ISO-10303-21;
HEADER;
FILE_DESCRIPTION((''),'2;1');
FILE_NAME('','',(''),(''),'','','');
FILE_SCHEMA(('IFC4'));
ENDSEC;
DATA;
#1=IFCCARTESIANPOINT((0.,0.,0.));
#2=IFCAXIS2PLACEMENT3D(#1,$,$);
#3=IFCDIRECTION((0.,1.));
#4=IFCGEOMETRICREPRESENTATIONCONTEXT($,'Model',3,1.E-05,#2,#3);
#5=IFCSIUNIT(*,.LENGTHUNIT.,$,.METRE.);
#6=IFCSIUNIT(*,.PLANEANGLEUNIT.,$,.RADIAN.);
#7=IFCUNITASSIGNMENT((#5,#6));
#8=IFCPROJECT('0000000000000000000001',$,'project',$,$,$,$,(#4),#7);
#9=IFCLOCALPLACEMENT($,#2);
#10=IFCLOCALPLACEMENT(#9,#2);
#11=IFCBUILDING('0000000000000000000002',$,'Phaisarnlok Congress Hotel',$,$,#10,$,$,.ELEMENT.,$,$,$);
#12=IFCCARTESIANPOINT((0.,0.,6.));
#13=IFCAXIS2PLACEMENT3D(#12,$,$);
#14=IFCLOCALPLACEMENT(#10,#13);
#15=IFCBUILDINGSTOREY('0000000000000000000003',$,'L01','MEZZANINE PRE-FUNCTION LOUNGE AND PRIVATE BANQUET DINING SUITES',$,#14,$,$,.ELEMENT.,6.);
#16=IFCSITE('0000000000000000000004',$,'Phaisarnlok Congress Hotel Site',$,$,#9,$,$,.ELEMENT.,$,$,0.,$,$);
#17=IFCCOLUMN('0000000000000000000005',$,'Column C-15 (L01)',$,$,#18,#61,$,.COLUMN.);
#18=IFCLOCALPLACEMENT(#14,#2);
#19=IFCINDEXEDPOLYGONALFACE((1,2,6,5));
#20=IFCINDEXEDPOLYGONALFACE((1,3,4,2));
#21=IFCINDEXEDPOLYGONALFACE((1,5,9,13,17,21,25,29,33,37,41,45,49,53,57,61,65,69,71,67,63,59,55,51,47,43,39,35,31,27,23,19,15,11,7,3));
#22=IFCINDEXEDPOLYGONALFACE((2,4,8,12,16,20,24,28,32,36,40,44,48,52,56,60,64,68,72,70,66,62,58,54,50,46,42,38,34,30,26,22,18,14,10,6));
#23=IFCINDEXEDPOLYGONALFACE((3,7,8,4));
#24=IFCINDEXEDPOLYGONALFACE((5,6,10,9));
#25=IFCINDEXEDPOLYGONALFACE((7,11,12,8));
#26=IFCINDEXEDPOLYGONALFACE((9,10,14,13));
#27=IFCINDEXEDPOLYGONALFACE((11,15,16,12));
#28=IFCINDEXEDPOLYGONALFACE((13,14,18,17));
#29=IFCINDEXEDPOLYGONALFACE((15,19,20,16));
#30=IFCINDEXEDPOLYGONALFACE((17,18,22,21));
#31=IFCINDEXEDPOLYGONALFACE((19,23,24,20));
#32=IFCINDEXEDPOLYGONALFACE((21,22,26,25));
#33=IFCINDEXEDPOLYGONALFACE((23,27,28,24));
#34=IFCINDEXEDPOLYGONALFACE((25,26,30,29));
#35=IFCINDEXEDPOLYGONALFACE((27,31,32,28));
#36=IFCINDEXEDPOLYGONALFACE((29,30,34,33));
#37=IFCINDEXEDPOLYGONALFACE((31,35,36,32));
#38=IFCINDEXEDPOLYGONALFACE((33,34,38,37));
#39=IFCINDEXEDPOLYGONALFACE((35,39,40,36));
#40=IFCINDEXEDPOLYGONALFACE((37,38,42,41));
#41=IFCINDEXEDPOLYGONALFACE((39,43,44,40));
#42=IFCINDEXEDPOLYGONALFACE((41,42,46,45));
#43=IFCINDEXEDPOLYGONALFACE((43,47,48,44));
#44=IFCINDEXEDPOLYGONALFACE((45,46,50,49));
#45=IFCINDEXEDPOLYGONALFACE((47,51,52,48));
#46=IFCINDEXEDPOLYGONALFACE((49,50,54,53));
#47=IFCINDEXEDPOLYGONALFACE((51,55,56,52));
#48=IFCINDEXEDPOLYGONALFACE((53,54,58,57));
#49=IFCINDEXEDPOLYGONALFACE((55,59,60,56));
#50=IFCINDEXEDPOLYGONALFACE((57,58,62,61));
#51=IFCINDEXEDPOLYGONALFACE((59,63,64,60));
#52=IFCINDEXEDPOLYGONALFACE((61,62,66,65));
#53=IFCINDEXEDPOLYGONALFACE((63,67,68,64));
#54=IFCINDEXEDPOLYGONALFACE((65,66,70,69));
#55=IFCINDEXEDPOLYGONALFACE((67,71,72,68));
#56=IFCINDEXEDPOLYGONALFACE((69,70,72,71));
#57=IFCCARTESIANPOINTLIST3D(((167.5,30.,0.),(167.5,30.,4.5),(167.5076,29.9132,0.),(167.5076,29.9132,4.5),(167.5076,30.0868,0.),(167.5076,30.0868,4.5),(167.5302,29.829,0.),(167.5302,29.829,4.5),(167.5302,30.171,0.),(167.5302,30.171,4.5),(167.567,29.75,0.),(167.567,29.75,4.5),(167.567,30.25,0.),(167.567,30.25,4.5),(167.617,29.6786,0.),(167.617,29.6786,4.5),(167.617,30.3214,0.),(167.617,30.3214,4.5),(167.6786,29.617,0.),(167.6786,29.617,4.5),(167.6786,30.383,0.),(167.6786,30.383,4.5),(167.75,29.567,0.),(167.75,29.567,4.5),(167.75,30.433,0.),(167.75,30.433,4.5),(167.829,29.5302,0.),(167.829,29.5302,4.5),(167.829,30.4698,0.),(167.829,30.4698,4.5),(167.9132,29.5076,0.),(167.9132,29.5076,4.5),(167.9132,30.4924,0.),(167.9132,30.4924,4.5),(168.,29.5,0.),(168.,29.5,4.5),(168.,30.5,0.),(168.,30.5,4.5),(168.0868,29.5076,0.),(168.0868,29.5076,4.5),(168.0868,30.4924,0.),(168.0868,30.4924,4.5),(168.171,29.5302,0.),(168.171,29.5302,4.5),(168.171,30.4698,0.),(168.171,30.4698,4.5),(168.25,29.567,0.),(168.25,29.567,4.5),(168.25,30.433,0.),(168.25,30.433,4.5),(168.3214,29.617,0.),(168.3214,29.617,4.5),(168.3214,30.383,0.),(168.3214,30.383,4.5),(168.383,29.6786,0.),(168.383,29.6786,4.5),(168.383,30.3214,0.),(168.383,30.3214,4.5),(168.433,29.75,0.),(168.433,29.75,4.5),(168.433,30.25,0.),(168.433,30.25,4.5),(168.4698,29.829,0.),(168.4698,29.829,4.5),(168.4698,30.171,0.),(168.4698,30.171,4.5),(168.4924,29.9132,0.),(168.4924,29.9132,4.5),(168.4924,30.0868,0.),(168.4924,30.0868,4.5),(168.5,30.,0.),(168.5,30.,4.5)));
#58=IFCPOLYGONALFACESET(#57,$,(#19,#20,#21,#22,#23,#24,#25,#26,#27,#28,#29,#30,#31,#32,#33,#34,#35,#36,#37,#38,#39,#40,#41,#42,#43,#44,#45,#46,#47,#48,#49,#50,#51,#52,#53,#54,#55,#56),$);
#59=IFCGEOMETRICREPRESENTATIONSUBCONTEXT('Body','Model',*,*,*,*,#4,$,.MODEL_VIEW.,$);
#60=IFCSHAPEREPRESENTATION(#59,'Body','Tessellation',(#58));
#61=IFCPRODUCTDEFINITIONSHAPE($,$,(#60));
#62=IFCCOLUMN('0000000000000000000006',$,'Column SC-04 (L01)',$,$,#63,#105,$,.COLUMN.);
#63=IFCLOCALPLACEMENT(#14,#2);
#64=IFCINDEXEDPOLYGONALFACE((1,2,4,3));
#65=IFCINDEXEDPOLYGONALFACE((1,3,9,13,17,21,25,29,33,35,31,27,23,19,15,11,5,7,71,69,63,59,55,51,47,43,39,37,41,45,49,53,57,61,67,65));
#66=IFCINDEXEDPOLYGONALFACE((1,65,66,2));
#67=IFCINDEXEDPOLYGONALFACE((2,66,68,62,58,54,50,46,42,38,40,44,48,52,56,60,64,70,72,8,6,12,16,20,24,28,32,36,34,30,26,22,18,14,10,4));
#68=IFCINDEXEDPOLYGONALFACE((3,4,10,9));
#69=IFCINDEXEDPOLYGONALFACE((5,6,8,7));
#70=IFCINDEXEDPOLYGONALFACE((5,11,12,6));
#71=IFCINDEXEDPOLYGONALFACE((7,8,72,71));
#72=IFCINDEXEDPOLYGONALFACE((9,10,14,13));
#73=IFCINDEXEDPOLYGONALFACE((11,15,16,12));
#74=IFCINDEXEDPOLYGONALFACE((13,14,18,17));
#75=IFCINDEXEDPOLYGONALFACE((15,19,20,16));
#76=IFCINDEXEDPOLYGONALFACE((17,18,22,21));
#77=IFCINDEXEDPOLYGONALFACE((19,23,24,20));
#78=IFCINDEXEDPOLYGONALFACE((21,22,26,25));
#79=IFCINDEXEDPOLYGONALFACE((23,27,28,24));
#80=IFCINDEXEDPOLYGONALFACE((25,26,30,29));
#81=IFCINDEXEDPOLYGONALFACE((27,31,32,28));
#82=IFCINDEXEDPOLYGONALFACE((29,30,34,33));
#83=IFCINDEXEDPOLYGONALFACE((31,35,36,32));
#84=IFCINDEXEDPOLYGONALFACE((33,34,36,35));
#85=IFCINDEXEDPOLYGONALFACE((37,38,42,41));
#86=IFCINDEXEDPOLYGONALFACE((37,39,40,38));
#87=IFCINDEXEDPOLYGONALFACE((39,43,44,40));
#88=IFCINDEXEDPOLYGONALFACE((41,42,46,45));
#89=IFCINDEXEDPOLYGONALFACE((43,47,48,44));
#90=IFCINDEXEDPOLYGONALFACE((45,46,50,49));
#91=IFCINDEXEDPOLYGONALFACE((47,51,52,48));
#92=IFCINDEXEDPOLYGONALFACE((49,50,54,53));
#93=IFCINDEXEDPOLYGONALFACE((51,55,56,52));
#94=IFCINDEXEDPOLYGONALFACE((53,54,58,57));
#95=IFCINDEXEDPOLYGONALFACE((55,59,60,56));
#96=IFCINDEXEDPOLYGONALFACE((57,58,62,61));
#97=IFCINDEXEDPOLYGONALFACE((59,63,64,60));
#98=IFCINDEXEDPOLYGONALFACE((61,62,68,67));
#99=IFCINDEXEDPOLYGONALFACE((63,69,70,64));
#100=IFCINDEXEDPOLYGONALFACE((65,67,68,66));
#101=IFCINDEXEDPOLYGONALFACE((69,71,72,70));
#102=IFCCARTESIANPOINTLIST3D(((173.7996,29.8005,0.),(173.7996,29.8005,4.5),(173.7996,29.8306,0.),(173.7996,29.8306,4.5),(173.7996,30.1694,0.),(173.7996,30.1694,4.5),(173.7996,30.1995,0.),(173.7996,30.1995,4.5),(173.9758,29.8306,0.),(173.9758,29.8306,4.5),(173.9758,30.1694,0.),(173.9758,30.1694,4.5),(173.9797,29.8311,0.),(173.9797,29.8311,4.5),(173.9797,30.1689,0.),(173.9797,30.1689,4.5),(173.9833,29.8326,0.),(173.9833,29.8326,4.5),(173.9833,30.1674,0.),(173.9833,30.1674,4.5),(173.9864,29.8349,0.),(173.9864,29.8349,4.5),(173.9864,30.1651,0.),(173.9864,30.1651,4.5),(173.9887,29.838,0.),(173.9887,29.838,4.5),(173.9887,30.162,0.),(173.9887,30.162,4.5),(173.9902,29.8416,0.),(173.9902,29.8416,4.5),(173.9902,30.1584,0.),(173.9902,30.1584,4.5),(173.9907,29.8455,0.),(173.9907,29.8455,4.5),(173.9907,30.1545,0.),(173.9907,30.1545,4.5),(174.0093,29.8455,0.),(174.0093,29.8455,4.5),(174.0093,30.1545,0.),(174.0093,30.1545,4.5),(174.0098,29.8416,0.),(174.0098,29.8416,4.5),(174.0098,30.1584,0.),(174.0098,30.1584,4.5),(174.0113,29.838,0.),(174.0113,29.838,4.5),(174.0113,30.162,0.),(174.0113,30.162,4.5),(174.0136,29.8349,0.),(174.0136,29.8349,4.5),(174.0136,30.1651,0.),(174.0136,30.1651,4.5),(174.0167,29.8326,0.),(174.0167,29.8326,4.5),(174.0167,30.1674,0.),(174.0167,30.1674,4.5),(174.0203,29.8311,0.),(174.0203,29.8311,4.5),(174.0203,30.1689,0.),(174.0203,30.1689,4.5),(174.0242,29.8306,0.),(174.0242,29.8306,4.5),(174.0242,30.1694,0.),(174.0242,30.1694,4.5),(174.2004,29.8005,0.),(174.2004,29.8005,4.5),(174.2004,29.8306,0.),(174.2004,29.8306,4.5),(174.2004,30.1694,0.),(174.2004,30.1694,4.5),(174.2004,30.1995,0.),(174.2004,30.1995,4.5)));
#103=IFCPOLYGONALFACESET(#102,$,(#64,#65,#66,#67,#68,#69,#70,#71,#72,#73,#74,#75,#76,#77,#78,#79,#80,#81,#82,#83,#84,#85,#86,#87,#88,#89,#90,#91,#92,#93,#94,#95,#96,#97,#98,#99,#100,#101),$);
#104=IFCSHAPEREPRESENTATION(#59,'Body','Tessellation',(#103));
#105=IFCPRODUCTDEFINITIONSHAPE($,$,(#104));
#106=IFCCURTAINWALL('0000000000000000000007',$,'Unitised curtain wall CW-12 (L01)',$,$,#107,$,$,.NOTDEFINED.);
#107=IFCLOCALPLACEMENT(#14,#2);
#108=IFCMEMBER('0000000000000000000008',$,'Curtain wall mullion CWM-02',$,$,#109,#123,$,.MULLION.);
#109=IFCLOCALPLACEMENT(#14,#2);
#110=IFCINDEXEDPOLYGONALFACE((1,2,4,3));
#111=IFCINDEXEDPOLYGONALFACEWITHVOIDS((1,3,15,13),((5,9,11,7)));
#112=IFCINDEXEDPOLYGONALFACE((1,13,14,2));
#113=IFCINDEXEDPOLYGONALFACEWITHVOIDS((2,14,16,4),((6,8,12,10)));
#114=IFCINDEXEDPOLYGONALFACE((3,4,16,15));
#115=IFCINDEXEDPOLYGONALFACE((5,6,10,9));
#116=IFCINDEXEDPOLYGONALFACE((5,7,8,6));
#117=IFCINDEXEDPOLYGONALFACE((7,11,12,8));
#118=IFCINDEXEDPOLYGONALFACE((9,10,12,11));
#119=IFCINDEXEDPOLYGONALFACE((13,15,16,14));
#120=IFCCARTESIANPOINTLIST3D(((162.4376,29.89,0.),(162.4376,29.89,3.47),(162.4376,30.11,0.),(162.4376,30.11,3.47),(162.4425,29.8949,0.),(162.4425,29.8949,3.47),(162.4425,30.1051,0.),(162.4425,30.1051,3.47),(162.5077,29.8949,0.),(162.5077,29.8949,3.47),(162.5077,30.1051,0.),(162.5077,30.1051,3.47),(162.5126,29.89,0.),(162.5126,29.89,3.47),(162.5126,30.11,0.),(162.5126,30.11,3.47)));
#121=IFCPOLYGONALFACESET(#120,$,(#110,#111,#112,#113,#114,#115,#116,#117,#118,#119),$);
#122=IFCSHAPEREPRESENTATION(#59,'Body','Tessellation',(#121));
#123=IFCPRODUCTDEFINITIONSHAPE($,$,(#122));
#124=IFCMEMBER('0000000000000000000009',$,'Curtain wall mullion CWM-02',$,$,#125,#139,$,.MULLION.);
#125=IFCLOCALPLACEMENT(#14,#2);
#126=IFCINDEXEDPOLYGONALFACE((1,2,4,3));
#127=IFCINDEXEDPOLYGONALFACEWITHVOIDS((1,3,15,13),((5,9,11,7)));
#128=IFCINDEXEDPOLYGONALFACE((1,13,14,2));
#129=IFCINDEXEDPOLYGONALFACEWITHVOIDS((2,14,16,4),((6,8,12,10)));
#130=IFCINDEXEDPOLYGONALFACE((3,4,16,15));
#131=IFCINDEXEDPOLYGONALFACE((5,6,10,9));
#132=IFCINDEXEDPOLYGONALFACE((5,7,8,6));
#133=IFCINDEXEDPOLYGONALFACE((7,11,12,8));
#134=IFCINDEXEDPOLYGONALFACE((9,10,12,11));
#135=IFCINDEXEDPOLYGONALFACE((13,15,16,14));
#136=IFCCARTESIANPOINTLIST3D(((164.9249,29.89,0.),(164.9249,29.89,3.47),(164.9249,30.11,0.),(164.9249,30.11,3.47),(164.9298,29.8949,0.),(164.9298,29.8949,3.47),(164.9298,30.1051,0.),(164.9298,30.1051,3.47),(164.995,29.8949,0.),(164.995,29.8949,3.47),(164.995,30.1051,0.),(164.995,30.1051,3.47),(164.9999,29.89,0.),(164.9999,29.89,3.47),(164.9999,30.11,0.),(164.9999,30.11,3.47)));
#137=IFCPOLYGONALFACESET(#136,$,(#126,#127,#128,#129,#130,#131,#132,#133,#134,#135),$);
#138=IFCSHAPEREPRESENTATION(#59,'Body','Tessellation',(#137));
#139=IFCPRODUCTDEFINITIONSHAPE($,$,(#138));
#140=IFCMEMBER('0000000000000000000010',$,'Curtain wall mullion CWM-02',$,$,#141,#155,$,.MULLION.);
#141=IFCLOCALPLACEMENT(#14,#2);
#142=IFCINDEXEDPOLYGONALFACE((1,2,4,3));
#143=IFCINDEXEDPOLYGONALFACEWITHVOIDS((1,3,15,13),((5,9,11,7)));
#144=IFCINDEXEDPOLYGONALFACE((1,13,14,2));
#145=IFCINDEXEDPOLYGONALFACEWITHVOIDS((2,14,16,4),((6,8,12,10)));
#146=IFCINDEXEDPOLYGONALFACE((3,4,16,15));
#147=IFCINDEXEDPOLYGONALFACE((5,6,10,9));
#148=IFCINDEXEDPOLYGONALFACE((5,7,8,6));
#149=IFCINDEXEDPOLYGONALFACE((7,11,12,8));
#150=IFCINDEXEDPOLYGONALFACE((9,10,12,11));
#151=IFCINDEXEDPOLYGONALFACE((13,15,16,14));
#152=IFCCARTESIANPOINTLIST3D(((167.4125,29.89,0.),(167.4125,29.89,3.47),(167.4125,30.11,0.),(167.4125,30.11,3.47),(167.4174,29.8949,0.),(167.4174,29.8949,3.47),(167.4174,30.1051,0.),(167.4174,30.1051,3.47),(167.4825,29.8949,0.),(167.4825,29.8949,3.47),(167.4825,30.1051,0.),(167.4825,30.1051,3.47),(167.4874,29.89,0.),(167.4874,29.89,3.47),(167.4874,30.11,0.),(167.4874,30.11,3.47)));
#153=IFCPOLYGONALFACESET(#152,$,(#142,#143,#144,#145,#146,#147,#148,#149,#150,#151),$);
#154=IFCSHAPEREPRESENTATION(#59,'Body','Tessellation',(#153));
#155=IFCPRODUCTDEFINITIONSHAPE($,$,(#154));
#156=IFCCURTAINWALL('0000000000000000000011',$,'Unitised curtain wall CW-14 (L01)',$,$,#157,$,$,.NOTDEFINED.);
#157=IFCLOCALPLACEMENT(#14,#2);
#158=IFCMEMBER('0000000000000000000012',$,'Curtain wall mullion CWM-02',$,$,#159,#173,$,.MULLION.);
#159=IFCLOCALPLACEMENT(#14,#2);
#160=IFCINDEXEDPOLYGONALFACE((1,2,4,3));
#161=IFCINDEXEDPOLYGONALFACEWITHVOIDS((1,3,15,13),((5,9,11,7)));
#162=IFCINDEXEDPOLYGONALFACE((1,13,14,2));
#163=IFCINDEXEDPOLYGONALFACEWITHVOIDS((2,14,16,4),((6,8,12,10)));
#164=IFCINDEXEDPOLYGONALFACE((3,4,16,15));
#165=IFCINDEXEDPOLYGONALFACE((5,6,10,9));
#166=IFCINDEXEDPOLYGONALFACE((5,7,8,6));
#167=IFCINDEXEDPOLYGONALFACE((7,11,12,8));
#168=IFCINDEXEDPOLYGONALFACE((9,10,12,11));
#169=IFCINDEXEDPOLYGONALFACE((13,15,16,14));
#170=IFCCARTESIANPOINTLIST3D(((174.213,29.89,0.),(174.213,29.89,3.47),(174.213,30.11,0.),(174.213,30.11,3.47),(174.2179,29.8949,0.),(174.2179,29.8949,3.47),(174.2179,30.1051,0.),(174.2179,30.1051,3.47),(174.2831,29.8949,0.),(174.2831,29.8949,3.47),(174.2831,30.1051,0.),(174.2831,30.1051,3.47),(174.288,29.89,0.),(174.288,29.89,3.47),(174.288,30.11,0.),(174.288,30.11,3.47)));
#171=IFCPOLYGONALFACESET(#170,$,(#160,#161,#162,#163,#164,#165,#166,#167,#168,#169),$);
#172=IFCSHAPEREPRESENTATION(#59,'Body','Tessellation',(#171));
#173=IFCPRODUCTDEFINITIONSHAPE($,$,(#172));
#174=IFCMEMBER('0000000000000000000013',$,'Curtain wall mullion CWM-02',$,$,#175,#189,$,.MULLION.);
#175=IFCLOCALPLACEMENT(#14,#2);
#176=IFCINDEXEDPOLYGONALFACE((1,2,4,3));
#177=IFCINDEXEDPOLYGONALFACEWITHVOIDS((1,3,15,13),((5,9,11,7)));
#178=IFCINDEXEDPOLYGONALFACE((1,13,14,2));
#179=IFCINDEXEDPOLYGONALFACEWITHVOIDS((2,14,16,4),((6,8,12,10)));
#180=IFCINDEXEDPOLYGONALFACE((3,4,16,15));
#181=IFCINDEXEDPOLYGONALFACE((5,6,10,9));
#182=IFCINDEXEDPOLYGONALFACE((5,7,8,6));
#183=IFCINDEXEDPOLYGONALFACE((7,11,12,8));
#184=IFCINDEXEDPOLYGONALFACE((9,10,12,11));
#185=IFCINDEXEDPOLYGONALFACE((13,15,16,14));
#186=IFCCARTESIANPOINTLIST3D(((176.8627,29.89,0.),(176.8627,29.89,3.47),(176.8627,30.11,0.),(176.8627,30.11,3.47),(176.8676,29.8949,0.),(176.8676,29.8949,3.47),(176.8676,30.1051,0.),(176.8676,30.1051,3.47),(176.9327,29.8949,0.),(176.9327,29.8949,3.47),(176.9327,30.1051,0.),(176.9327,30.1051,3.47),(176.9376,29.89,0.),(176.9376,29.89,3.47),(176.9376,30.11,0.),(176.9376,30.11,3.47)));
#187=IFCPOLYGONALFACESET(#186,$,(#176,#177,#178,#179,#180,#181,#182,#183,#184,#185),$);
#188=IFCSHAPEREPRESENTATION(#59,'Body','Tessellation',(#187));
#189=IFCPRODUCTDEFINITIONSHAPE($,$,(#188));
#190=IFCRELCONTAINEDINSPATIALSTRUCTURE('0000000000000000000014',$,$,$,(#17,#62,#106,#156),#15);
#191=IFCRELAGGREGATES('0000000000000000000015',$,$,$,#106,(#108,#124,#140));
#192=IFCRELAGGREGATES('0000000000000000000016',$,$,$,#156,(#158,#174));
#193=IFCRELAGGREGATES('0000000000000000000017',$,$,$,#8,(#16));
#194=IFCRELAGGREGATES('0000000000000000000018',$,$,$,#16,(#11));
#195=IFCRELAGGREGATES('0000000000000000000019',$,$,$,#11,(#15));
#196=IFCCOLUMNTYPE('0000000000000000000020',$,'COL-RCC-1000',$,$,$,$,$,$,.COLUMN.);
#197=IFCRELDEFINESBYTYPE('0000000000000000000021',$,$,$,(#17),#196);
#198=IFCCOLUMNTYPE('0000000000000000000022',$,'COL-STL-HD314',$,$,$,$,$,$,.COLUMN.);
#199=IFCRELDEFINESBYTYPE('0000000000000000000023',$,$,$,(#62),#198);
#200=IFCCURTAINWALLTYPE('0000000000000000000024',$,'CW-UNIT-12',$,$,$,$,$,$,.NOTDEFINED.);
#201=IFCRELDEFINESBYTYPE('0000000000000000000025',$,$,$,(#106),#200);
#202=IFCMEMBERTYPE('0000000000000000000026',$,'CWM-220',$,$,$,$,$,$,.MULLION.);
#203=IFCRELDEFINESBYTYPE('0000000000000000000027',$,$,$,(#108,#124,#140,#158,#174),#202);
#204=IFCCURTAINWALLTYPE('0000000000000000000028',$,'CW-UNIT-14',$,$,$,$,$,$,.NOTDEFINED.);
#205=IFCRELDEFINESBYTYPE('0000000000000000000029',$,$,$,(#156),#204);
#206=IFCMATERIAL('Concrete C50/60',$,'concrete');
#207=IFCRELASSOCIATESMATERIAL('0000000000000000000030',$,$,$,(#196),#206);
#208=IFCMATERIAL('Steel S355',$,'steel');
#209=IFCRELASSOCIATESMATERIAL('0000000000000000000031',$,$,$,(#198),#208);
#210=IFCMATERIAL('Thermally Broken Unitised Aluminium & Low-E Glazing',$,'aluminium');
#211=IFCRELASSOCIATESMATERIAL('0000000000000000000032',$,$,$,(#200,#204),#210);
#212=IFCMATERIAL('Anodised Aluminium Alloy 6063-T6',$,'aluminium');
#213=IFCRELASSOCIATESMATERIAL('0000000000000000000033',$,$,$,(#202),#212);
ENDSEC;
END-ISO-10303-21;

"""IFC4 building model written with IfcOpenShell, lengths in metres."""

from ifc_helpers import new_model, si_unit, direction, frame, origin, origin_2d, place, context, subcontext, project, spatial, hollow_rectangle, circle, i_section, extrude, material, material_profile, profile_set, type_object, element, aggregate, save


model = new_model("IFC4")

# Units and contexts
model_context = context("Model", 3, precision=1e-05, world=origin(), true_north=direction((0.0, 1.0)))
body_context = subcontext(model_context, "Body", "Model", "MODEL_VIEW")
ifc_project = project(units=[si_unit("LENGTHUNIT", "METRE"), si_unit("PLANEANGLEUNIT", "RADIAN")], contexts=[model_context])

# Site, building, storey
site_placement = place(None, origin())
site = spatial("IfcSite", under=ifc_project, at=site_placement, Name="Phaisarnlok Congress Hotel Site", CompositionType="ELEMENT", RefElevation=0.0)
building_placement = place(site_placement, origin())
building = spatial("IfcBuilding", under=site, at=building_placement, Name="Phaisarnlok Congress Hotel", CompositionType="ELEMENT")
storey_placement = place(building_placement, frame((0.0, 0.0, 6.0)))
storey = spatial("IfcBuildingStorey", under=building, at=storey_placement, Name="L01", Description="MEZZANINE PRE-FUNCTION LOUNGE AND PRIVATE BANQUET DINING SUITES", CompositionType="ELEMENT", Elevation=6.0)

# Columns
ifc_material_1 = material(Name="Concrete C50/60", Category="concrete")
ifc_material_profile_1 = material_profile(ifc_material_1, circle(Radius=0.5, at=origin_2d()), Name="RCC D1000")
ifc_profile_set_1 = profile_set([ifc_material_profile_1], Name="Concrete C50/60")
column_type_1 = type_object("IfcColumnType", Name="COL-RCC-1000", PredefinedType="COLUMN", material=ifc_profile_set_1)
column_1_placement = place(storey_placement, frame((168.0, 30.0, 0.0), z_axis=(0.0, 0.0, 1.0), x_axis=(1.0, 0.0, 0.0)))
element("IfcColumn", 1, at=column_1_placement, inside=storey, type_object=column_type_1, Name="Column C-15 (L01)", PredefinedType="COLUMN", context=body_context, shape_type="SweptSolid", body=[
    extrude(circle(Radius=0.5, at=origin_2d()), origin(), (0.0, 0.0, 1.0), 4.5),
])
ifc_material_2 = material(Name="Steel S355", Category="steel")
ifc_material_profile_2 = material_profile(ifc_material_2, i_section(OverallWidth=0.4009, OverallDepth=0.3989, WebThickness=0.0186, FlangeThickness=0.03, FilletRadius=0.0149, at=origin_2d()), Name="HD 400x314")
ifc_profile_set_2 = profile_set([ifc_material_profile_2], Name="Steel S355")
column_type_2 = type_object("IfcColumnType", Name="COL-STL-HD314", PredefinedType="COLUMN", material=ifc_profile_set_2)
column_2_placement = place(storey_placement, frame((174.0, 30.0, 0.0), z_axis=(0.0, 0.0, 1.0), x_axis=(1.0, 0.0, 0.0)))
element("IfcColumn", 2, at=column_2_placement, inside=storey, type_object=column_type_2, Name="Column SC-04 (L01)", PredefinedType="COLUMN", context=body_context, shape_type="SweptSolid", body=[
    extrude(i_section(OverallWidth=0.4009, OverallDepth=0.3989, WebThickness=0.0186, FlangeThickness=0.03, FilletRadius=0.0149, at=origin_2d()), origin(), (0.0, 0.0, 1.0), 4.5),
])

# Curtain walls, members
ifc_material_3 = material(Name="Thermally Broken Unitised Aluminium & Low-E Glazing", Category="aluminium")
curtain_wall_type_1 = type_object("IfcCurtainWallType", Name="CW-UNIT-12", PredefinedType="NOTDEFINED", material=ifc_material_3)
curtain_wall_1_placement = place(storey_placement, origin())
curtain_wall_1 = element("IfcCurtainWall", 3, at=curtain_wall_1_placement, inside=storey, type_object=curtain_wall_type_1, Name="Unitised curtain wall CW-12 (L01)", PredefinedType="NOTDEFINED")
ifc_material_4 = material(Name="Anodised Aluminium Alloy 6063-T6", Category="aluminium")
ifc_material_profile_3 = material_profile(ifc_material_4, hollow_rectangle(XDim=0.075, YDim=0.22, WallThickness=0.0049, at=origin_2d()), Name="ALU-M 75x220x5")
ifc_profile_set_3 = profile_set([ifc_material_profile_3], Name="Anodised Aluminium Alloy 6063-T6")
member_type_1 = type_object("IfcMemberType", Name="CWM-220", PredefinedType="MULLION", material=ifc_profile_set_3)
member_1_placement = place(storey_placement, frame((162.4751, 30.0, 0.0), z_axis=(0.0, 0.0, 1.0), x_axis=(1.0, 0.0, 0.0)))
member_1 = element("IfcMember", 4, at=member_1_placement, type_object=member_type_1, Name="Curtain wall mullion CWM-02", PredefinedType="MULLION", context=body_context, shape_type="SweptSolid", body=[
    extrude(hollow_rectangle(XDim=0.075, YDim=0.22, WallThickness=0.0049, at=origin_2d()), origin(), (0.0, 0.0, 1.0), 3.47),
])
member_2_placement = place(storey_placement, frame((164.9624, 30.0, 0.0), z_axis=(0.0, 0.0, 1.0), x_axis=(1.0, 0.0, 0.0)))
member_2 = element("IfcMember", 5, at=member_2_placement, type_object=member_type_1, Name="Curtain wall mullion CWM-02", PredefinedType="MULLION", context=body_context, shape_type="SweptSolid", body=[
    extrude(hollow_rectangle(XDim=0.075, YDim=0.22, WallThickness=0.0049, at=origin_2d()), origin(), (0.0, 0.0, 1.0), 3.47),
])
member_3_placement = place(storey_placement, frame((167.45, 30.0, 0.0), z_axis=(0.0, 0.0, 1.0), x_axis=(1.0, 0.0, 0.0)))
member_3 = element("IfcMember", 6, at=member_3_placement, type_object=member_type_1, Name="Curtain wall mullion CWM-02", PredefinedType="MULLION", context=body_context, shape_type="SweptSolid", body=[
    extrude(hollow_rectangle(XDim=0.075, YDim=0.22, WallThickness=0.0049, at=origin_2d()), origin(), (0.0, 0.0, 1.0), 3.47),
])
curtain_wall_type_2 = type_object("IfcCurtainWallType", Name="CW-UNIT-14", PredefinedType="NOTDEFINED", material=ifc_material_3)
curtain_wall_2_placement = place(storey_placement, origin())
curtain_wall_2 = element("IfcCurtainWall", 7, at=curtain_wall_2_placement, inside=storey, type_object=curtain_wall_type_2, Name="Unitised curtain wall CW-14 (L01)", PredefinedType="NOTDEFINED")
member_4_placement = place(storey_placement, frame((174.2505, 30.0, 0.0), z_axis=(0.0, 0.0, 1.0), x_axis=(1.0, 0.0, 0.0)))
member_4 = element("IfcMember", 8, at=member_4_placement, type_object=member_type_1, Name="Curtain wall mullion CWM-02", PredefinedType="MULLION", context=body_context, shape_type="SweptSolid", body=[
    extrude(hollow_rectangle(XDim=0.075, YDim=0.22, WallThickness=0.0049, at=origin_2d()), origin(), (0.0, 0.0, 1.0), 3.47),
])
member_5_placement = place(storey_placement, frame((176.9001, 30.0, 0.0), z_axis=(0.0, 0.0, 1.0), x_axis=(1.0, 0.0, 0.0)))
member_5 = element("IfcMember", 9, at=member_5_placement, type_object=member_type_1, Name="Curtain wall mullion CWM-02", PredefinedType="MULLION", context=body_context, shape_type="SweptSolid", body=[
    extrude(hollow_rectangle(XDim=0.075, YDim=0.22, WallThickness=0.0049, at=origin_2d()), origin(), (0.0, 0.0, 1.0), 3.47),
])

aggregate(curtain_wall_1, [member_1, member_2, member_3])
aggregate(curtain_wall_2, [member_4, member_5])

save(model, "model.ifc")
